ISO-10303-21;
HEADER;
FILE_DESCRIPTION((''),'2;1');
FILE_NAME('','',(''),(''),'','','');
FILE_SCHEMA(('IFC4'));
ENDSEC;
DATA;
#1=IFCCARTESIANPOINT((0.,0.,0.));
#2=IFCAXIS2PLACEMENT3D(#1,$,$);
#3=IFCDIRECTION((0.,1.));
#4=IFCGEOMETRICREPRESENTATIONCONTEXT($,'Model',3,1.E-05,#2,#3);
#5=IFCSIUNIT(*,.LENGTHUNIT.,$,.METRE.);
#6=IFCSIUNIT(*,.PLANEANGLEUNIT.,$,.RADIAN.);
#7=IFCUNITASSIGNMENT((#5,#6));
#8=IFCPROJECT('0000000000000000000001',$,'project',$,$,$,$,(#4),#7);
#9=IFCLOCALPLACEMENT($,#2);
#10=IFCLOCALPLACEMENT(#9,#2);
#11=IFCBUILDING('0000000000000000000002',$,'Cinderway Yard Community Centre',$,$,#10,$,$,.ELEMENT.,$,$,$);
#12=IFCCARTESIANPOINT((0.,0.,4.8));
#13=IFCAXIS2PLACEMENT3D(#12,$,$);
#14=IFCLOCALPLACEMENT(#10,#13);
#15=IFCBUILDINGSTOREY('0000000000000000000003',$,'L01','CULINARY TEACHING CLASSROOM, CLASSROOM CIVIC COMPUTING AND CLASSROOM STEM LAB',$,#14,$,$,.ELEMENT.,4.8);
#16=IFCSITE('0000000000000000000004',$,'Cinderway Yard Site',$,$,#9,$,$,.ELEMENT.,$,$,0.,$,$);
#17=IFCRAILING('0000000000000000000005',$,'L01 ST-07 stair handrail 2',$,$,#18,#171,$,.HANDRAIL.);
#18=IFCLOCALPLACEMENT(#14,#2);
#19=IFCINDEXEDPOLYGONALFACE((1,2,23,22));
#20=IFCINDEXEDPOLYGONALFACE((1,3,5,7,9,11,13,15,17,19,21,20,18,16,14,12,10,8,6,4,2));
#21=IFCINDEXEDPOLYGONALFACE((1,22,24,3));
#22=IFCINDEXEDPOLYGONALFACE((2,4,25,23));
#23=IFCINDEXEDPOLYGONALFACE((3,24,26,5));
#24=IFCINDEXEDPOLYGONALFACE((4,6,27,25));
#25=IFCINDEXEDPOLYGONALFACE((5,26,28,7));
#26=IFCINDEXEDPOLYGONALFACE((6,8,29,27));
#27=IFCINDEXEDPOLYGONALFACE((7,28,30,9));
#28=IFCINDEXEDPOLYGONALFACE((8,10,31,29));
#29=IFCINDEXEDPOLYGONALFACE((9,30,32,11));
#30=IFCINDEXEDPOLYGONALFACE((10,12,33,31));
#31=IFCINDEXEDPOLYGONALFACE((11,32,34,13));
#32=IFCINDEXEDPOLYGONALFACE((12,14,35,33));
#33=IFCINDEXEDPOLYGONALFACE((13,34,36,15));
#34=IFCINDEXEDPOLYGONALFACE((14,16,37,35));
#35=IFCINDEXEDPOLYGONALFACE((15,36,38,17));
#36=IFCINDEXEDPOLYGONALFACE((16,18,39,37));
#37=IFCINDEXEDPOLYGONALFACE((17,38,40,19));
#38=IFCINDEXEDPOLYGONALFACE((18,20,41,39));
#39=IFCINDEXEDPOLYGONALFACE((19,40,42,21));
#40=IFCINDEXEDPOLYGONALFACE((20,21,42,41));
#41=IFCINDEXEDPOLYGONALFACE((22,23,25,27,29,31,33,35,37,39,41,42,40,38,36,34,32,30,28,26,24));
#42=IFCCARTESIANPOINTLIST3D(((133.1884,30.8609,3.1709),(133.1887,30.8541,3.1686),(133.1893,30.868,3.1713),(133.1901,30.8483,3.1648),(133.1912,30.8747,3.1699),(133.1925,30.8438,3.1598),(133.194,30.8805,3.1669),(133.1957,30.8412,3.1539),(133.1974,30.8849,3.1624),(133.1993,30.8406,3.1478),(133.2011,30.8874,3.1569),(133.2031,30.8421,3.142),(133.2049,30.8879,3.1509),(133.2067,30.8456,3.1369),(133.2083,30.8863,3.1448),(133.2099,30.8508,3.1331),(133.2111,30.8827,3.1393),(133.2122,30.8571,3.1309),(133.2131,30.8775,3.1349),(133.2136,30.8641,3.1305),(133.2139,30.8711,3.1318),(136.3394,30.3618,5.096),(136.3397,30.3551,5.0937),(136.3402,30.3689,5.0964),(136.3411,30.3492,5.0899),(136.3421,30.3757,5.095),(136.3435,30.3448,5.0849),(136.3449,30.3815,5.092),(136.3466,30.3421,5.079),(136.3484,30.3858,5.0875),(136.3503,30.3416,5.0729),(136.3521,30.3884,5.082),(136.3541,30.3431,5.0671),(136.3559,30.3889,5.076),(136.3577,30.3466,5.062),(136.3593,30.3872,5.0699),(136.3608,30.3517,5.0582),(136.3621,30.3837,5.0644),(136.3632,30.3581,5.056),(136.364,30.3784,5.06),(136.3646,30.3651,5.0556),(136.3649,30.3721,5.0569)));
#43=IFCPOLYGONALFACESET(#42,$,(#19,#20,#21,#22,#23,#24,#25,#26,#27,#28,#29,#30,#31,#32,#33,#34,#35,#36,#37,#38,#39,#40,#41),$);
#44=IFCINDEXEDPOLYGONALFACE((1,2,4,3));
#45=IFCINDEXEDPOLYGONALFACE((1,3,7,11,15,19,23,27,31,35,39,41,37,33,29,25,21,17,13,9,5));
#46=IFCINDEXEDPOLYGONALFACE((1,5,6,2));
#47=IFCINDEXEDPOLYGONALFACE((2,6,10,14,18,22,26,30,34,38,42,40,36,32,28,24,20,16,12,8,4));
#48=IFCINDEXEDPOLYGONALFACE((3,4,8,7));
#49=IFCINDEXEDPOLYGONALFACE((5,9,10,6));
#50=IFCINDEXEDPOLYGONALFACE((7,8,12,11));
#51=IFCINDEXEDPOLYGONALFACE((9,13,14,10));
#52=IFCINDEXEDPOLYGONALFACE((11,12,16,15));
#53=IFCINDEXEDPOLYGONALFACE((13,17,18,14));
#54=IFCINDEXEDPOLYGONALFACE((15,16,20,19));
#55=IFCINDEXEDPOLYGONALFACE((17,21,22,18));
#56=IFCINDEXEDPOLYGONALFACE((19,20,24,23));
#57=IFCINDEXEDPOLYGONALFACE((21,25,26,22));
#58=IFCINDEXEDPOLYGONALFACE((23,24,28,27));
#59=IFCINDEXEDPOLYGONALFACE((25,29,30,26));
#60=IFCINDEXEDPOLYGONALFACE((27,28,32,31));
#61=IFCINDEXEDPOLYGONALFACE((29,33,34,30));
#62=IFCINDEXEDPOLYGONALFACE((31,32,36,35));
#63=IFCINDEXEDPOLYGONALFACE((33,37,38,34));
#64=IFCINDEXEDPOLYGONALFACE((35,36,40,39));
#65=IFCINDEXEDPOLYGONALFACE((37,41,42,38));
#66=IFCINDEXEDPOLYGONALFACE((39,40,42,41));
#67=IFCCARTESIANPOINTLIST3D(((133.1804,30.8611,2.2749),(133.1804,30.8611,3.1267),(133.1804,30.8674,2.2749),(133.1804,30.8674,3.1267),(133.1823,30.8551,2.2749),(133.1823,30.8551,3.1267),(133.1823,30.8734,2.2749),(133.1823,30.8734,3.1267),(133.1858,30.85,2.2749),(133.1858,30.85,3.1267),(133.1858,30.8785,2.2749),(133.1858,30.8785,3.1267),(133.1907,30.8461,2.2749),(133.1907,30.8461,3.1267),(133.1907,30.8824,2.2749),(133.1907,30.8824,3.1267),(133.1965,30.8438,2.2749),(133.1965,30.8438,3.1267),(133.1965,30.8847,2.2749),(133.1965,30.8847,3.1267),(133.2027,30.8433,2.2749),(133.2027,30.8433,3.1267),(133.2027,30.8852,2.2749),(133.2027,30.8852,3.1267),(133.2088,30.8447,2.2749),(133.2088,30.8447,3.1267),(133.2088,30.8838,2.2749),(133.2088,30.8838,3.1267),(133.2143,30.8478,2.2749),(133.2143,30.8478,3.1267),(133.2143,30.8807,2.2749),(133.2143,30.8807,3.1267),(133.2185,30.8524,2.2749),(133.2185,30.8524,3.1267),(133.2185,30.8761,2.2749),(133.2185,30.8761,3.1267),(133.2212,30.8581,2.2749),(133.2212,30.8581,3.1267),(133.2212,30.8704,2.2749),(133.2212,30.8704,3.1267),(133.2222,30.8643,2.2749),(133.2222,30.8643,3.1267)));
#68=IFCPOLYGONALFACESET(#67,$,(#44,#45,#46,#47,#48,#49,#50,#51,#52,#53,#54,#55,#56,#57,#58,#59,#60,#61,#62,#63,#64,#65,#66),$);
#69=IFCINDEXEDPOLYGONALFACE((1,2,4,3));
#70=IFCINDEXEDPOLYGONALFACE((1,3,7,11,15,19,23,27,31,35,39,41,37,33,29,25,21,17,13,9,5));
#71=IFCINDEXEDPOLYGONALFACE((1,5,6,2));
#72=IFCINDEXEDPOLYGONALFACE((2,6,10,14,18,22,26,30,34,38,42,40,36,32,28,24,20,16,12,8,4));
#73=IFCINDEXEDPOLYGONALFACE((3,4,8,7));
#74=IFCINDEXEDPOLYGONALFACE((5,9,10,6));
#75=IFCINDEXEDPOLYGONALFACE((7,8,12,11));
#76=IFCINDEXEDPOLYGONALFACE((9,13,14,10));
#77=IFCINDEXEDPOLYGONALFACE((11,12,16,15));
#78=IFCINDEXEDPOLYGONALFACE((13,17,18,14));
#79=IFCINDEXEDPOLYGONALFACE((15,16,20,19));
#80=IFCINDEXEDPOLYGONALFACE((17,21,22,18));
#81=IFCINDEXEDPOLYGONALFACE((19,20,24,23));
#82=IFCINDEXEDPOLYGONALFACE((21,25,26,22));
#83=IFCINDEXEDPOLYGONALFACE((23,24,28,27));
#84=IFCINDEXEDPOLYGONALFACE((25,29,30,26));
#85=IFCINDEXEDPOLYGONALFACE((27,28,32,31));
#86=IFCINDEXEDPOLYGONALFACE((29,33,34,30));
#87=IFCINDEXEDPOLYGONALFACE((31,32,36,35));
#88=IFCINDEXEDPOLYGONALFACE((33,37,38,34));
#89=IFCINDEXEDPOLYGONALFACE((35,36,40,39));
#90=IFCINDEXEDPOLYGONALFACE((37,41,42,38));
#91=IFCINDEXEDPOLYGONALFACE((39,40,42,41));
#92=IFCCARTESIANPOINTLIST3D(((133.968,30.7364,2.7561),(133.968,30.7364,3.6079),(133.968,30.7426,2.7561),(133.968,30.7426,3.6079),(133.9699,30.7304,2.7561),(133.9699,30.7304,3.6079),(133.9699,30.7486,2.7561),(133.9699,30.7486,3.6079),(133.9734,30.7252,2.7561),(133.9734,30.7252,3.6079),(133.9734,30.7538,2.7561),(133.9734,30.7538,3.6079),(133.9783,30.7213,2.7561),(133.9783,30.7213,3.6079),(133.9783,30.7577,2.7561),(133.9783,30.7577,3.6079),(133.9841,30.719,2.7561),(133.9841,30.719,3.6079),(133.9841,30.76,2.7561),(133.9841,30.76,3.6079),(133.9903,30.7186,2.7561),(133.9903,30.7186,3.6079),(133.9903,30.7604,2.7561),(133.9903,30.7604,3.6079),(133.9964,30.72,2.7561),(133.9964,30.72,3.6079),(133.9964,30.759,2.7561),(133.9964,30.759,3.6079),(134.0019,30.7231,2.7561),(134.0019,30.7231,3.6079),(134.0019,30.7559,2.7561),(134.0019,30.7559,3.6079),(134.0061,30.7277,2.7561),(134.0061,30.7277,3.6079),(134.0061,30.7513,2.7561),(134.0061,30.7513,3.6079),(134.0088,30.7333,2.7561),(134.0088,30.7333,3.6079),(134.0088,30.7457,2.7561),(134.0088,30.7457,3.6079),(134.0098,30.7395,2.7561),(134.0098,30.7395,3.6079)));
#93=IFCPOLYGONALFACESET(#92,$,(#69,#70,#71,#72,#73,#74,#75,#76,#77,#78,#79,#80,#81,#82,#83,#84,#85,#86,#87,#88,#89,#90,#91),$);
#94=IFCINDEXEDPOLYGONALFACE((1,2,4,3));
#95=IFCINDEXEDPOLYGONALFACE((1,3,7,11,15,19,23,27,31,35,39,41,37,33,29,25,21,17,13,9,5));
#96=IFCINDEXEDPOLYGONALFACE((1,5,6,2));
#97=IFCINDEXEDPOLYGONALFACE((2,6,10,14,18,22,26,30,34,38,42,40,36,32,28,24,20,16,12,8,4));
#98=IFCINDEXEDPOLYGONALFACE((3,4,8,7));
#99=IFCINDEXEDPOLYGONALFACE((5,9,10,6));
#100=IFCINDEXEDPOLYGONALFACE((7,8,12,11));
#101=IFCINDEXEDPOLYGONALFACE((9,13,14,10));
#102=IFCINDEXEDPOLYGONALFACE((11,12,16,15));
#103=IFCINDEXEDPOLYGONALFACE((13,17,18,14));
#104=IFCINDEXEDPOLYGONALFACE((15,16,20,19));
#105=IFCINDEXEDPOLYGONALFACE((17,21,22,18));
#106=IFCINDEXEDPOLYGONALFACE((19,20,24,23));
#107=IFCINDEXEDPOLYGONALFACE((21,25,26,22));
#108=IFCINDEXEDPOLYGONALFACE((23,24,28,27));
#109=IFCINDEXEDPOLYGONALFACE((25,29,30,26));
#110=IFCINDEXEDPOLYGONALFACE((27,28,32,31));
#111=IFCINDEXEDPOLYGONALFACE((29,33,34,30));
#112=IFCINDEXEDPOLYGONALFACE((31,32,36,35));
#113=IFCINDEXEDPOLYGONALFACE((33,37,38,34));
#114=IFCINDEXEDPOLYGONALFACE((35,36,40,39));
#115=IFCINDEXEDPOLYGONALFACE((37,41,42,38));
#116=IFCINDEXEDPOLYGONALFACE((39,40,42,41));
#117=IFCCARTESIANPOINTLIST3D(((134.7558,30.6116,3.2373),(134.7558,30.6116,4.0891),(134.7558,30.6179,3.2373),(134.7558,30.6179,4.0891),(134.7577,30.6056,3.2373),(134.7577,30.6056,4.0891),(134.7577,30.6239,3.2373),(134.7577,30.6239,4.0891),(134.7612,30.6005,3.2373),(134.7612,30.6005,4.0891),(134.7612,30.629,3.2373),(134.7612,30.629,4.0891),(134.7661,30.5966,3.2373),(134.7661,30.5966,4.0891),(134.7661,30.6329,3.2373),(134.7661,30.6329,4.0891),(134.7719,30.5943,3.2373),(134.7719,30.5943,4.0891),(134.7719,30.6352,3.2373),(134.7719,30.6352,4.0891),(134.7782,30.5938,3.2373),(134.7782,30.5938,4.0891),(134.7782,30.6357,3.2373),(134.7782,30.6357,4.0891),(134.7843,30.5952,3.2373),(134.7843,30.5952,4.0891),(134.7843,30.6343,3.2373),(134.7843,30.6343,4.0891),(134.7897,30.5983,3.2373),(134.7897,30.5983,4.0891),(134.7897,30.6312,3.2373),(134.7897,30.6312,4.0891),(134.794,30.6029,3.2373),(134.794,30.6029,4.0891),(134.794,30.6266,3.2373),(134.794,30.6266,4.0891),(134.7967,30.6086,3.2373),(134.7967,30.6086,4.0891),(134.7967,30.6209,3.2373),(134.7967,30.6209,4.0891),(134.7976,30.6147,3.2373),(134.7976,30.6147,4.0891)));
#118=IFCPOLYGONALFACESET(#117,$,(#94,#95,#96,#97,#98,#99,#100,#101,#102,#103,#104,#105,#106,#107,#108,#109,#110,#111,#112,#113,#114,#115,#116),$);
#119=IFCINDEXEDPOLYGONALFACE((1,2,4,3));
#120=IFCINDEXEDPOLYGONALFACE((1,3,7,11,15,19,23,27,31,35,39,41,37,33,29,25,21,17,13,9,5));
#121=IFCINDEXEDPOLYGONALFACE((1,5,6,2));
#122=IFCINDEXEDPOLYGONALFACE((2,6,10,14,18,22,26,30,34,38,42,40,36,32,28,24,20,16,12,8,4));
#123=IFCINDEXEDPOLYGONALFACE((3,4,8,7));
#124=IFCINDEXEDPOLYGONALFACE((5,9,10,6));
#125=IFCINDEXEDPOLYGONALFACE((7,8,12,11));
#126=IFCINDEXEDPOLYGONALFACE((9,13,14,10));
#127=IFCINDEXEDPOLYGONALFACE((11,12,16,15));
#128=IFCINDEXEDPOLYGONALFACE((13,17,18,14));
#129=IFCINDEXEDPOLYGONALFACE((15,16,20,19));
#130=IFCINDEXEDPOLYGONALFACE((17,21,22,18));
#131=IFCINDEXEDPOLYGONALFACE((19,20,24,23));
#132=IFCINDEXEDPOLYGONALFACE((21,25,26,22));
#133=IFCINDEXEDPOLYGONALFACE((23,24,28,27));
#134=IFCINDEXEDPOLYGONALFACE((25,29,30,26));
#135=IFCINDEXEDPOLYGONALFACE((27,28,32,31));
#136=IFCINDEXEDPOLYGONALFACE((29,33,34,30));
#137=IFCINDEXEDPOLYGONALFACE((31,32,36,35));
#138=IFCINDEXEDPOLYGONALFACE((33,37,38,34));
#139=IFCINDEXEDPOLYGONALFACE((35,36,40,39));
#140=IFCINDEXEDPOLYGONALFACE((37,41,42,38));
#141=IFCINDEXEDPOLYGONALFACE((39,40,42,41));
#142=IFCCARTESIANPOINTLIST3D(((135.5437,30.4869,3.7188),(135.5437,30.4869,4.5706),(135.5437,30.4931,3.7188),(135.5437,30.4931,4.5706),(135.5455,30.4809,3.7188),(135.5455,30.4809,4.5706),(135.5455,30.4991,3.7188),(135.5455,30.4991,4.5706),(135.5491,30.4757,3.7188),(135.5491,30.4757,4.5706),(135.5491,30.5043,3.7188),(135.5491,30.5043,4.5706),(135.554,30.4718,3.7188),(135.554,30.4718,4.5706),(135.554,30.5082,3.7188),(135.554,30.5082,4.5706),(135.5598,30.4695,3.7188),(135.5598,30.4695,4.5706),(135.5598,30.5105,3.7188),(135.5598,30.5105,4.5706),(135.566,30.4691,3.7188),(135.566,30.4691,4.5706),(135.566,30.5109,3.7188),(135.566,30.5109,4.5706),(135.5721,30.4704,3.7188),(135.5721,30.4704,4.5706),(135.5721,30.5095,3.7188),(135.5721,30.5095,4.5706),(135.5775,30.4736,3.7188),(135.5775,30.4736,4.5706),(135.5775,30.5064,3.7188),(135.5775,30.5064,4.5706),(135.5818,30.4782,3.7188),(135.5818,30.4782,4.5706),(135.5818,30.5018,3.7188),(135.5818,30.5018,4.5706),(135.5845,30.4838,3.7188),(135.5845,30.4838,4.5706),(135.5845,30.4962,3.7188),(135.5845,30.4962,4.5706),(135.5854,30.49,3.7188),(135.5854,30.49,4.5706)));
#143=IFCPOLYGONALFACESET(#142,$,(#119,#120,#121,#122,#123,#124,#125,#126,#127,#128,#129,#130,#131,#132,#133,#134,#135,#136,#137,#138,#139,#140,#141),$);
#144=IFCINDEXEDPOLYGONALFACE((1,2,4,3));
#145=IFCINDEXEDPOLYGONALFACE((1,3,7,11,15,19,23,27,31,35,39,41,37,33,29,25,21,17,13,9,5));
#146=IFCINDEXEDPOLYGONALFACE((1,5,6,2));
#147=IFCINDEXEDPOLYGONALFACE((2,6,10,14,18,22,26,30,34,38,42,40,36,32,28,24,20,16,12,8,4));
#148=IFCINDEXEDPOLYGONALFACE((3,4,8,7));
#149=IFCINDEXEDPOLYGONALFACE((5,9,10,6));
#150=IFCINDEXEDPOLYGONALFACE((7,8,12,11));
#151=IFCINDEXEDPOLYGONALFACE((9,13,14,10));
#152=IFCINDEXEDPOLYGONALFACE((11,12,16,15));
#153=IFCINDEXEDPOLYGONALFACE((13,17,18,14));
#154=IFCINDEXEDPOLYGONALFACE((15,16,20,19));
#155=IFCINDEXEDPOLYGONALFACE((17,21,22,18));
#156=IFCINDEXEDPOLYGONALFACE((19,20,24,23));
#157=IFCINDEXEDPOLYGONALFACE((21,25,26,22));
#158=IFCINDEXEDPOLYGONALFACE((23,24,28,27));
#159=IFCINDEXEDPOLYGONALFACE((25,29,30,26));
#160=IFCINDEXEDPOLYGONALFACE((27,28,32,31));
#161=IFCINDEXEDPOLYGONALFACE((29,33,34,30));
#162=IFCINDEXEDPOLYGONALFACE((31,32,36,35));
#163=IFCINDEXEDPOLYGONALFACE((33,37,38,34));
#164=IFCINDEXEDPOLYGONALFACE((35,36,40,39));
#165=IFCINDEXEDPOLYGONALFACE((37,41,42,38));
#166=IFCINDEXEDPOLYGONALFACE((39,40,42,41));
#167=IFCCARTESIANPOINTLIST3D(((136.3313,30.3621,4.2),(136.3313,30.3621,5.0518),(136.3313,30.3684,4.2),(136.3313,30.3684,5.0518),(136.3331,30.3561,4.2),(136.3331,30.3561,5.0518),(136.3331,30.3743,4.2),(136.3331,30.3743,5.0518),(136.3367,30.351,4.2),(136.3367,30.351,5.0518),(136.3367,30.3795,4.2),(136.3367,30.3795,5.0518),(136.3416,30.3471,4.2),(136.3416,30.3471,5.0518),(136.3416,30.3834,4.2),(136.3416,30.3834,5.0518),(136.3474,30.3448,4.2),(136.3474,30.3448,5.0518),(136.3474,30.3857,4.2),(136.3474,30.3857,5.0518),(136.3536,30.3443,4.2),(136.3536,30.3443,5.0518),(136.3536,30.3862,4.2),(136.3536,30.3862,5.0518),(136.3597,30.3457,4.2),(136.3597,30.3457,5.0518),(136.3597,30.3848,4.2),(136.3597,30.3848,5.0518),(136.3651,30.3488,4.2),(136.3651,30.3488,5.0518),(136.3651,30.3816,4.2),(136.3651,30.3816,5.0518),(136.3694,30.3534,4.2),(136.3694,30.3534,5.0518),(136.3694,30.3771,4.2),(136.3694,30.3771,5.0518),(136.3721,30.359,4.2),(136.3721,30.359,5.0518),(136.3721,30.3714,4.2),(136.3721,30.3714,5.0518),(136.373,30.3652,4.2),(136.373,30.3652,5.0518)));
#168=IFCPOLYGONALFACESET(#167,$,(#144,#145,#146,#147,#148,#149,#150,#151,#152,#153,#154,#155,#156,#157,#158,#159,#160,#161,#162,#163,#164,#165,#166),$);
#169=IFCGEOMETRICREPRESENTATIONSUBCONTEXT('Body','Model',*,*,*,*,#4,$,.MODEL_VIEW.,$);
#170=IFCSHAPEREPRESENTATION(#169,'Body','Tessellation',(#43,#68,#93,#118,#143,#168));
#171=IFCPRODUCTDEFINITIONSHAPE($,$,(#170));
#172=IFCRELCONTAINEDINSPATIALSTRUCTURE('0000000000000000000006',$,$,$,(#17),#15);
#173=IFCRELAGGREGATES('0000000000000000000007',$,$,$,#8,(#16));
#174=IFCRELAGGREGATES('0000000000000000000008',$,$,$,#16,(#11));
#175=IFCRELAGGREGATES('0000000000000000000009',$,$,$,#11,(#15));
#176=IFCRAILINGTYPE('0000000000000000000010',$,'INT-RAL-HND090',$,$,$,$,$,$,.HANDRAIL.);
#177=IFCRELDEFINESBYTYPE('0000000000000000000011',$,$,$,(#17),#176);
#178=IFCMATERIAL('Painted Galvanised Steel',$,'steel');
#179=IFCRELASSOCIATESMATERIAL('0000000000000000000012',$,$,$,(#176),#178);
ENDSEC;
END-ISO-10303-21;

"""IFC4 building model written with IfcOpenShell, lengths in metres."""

from ifc_helpers import new_model, si_unit, direction, frame, origin, origin_2d, place, context, subcontext, project, spatial, circle, extrude, material, type_object, element, save


model = new_model("IFC4")

# Units and contexts
model_context = context("Model", 3, precision=1e-05, world=origin(), true_north=direction((0.0, 1.0)))
body_context = subcontext(model_context, "Body", "Model", "MODEL_VIEW")
ifc_project = project(units=[si_unit("LENGTHUNIT", "METRE"), si_unit("PLANEANGLEUNIT", "RADIAN")], contexts=[model_context])

# Site, building, storey
site_placement = place(None, origin())
site = spatial("IfcSite", under=ifc_project, at=site_placement, Name="Cinderway Yard Site", CompositionType="ELEMENT", RefElevation=0.0)
building_placement = place(site_placement, origin())
building = spatial("IfcBuilding", under=site, at=building_placement, Name="Cinderway Yard Community Centre", CompositionType="ELEMENT")
storey_placement = place(building_placement, frame((0.0, 0.0, 4.8)))
storey = spatial("IfcBuildingStorey", under=building, at=storey_placement, Name="L01", Description="CULINARY TEACHING CLASSROOM, CLASSROOM CIVIC COMPUTING AND CLASSROOM STEM LAB", CompositionType="ELEMENT", Elevation=4.8)

# Shared definitions
ifc_material_1 = material(Name="Painted Galvanised Steel", Category="steel")

# Railing
railing_type_1 = type_object("IfcRailingType", Name="INT-RAL-HND090", PredefinedType="HANDRAIL", material=ifc_material_1)
railing_1_placement = place(storey_placement, frame((133.2012, 30.8643, 2.2749)))
element("IfcRailing", 1, at=railing_1_placement, inside=storey, type_object=railing_type_1, Name="L01 ST-07 stair handrail 2", PredefinedType="HANDRAIL", context=body_context, shape_type="SweptSolid", body=[
    extrude(circle(Radius=0.0239, at=origin_2d()), frame((0.0, 0.0, 0.876), z_axis=(0.845653, -0.133931, 0.516657), x_axis=(0.156426, 0.98769, 0.0)), (0.0, 0.0, 1.0), 3.7261),
    extrude(circle(Radius=0.021, at=origin_2d()), origin(), (0.0, 0.0, 1.0), 0.8518),
    extrude(circle(Radius=0.021, at=origin_2d()), frame((0.7876, -0.1248, 0.4812)), (0.0, 0.0, 1.0), 0.8518),
    extrude(circle(Radius=0.021, at=origin_2d()), frame((1.5754, -0.2495, 0.9624)), (0.0, 0.0, 1.0), 0.8518),
    extrude(circle(Radius=0.021, at=origin_2d()), frame((2.3633, -0.3743, 1.4438)), (0.0, 0.0, 1.0), 0.8518),
    extrude(circle(Radius=0.021, at=origin_2d()), frame((3.1509, -0.499, 1.925)), (0.0, 0.0, 1.0), 0.8518),
])

save(model, "model.ifc")
